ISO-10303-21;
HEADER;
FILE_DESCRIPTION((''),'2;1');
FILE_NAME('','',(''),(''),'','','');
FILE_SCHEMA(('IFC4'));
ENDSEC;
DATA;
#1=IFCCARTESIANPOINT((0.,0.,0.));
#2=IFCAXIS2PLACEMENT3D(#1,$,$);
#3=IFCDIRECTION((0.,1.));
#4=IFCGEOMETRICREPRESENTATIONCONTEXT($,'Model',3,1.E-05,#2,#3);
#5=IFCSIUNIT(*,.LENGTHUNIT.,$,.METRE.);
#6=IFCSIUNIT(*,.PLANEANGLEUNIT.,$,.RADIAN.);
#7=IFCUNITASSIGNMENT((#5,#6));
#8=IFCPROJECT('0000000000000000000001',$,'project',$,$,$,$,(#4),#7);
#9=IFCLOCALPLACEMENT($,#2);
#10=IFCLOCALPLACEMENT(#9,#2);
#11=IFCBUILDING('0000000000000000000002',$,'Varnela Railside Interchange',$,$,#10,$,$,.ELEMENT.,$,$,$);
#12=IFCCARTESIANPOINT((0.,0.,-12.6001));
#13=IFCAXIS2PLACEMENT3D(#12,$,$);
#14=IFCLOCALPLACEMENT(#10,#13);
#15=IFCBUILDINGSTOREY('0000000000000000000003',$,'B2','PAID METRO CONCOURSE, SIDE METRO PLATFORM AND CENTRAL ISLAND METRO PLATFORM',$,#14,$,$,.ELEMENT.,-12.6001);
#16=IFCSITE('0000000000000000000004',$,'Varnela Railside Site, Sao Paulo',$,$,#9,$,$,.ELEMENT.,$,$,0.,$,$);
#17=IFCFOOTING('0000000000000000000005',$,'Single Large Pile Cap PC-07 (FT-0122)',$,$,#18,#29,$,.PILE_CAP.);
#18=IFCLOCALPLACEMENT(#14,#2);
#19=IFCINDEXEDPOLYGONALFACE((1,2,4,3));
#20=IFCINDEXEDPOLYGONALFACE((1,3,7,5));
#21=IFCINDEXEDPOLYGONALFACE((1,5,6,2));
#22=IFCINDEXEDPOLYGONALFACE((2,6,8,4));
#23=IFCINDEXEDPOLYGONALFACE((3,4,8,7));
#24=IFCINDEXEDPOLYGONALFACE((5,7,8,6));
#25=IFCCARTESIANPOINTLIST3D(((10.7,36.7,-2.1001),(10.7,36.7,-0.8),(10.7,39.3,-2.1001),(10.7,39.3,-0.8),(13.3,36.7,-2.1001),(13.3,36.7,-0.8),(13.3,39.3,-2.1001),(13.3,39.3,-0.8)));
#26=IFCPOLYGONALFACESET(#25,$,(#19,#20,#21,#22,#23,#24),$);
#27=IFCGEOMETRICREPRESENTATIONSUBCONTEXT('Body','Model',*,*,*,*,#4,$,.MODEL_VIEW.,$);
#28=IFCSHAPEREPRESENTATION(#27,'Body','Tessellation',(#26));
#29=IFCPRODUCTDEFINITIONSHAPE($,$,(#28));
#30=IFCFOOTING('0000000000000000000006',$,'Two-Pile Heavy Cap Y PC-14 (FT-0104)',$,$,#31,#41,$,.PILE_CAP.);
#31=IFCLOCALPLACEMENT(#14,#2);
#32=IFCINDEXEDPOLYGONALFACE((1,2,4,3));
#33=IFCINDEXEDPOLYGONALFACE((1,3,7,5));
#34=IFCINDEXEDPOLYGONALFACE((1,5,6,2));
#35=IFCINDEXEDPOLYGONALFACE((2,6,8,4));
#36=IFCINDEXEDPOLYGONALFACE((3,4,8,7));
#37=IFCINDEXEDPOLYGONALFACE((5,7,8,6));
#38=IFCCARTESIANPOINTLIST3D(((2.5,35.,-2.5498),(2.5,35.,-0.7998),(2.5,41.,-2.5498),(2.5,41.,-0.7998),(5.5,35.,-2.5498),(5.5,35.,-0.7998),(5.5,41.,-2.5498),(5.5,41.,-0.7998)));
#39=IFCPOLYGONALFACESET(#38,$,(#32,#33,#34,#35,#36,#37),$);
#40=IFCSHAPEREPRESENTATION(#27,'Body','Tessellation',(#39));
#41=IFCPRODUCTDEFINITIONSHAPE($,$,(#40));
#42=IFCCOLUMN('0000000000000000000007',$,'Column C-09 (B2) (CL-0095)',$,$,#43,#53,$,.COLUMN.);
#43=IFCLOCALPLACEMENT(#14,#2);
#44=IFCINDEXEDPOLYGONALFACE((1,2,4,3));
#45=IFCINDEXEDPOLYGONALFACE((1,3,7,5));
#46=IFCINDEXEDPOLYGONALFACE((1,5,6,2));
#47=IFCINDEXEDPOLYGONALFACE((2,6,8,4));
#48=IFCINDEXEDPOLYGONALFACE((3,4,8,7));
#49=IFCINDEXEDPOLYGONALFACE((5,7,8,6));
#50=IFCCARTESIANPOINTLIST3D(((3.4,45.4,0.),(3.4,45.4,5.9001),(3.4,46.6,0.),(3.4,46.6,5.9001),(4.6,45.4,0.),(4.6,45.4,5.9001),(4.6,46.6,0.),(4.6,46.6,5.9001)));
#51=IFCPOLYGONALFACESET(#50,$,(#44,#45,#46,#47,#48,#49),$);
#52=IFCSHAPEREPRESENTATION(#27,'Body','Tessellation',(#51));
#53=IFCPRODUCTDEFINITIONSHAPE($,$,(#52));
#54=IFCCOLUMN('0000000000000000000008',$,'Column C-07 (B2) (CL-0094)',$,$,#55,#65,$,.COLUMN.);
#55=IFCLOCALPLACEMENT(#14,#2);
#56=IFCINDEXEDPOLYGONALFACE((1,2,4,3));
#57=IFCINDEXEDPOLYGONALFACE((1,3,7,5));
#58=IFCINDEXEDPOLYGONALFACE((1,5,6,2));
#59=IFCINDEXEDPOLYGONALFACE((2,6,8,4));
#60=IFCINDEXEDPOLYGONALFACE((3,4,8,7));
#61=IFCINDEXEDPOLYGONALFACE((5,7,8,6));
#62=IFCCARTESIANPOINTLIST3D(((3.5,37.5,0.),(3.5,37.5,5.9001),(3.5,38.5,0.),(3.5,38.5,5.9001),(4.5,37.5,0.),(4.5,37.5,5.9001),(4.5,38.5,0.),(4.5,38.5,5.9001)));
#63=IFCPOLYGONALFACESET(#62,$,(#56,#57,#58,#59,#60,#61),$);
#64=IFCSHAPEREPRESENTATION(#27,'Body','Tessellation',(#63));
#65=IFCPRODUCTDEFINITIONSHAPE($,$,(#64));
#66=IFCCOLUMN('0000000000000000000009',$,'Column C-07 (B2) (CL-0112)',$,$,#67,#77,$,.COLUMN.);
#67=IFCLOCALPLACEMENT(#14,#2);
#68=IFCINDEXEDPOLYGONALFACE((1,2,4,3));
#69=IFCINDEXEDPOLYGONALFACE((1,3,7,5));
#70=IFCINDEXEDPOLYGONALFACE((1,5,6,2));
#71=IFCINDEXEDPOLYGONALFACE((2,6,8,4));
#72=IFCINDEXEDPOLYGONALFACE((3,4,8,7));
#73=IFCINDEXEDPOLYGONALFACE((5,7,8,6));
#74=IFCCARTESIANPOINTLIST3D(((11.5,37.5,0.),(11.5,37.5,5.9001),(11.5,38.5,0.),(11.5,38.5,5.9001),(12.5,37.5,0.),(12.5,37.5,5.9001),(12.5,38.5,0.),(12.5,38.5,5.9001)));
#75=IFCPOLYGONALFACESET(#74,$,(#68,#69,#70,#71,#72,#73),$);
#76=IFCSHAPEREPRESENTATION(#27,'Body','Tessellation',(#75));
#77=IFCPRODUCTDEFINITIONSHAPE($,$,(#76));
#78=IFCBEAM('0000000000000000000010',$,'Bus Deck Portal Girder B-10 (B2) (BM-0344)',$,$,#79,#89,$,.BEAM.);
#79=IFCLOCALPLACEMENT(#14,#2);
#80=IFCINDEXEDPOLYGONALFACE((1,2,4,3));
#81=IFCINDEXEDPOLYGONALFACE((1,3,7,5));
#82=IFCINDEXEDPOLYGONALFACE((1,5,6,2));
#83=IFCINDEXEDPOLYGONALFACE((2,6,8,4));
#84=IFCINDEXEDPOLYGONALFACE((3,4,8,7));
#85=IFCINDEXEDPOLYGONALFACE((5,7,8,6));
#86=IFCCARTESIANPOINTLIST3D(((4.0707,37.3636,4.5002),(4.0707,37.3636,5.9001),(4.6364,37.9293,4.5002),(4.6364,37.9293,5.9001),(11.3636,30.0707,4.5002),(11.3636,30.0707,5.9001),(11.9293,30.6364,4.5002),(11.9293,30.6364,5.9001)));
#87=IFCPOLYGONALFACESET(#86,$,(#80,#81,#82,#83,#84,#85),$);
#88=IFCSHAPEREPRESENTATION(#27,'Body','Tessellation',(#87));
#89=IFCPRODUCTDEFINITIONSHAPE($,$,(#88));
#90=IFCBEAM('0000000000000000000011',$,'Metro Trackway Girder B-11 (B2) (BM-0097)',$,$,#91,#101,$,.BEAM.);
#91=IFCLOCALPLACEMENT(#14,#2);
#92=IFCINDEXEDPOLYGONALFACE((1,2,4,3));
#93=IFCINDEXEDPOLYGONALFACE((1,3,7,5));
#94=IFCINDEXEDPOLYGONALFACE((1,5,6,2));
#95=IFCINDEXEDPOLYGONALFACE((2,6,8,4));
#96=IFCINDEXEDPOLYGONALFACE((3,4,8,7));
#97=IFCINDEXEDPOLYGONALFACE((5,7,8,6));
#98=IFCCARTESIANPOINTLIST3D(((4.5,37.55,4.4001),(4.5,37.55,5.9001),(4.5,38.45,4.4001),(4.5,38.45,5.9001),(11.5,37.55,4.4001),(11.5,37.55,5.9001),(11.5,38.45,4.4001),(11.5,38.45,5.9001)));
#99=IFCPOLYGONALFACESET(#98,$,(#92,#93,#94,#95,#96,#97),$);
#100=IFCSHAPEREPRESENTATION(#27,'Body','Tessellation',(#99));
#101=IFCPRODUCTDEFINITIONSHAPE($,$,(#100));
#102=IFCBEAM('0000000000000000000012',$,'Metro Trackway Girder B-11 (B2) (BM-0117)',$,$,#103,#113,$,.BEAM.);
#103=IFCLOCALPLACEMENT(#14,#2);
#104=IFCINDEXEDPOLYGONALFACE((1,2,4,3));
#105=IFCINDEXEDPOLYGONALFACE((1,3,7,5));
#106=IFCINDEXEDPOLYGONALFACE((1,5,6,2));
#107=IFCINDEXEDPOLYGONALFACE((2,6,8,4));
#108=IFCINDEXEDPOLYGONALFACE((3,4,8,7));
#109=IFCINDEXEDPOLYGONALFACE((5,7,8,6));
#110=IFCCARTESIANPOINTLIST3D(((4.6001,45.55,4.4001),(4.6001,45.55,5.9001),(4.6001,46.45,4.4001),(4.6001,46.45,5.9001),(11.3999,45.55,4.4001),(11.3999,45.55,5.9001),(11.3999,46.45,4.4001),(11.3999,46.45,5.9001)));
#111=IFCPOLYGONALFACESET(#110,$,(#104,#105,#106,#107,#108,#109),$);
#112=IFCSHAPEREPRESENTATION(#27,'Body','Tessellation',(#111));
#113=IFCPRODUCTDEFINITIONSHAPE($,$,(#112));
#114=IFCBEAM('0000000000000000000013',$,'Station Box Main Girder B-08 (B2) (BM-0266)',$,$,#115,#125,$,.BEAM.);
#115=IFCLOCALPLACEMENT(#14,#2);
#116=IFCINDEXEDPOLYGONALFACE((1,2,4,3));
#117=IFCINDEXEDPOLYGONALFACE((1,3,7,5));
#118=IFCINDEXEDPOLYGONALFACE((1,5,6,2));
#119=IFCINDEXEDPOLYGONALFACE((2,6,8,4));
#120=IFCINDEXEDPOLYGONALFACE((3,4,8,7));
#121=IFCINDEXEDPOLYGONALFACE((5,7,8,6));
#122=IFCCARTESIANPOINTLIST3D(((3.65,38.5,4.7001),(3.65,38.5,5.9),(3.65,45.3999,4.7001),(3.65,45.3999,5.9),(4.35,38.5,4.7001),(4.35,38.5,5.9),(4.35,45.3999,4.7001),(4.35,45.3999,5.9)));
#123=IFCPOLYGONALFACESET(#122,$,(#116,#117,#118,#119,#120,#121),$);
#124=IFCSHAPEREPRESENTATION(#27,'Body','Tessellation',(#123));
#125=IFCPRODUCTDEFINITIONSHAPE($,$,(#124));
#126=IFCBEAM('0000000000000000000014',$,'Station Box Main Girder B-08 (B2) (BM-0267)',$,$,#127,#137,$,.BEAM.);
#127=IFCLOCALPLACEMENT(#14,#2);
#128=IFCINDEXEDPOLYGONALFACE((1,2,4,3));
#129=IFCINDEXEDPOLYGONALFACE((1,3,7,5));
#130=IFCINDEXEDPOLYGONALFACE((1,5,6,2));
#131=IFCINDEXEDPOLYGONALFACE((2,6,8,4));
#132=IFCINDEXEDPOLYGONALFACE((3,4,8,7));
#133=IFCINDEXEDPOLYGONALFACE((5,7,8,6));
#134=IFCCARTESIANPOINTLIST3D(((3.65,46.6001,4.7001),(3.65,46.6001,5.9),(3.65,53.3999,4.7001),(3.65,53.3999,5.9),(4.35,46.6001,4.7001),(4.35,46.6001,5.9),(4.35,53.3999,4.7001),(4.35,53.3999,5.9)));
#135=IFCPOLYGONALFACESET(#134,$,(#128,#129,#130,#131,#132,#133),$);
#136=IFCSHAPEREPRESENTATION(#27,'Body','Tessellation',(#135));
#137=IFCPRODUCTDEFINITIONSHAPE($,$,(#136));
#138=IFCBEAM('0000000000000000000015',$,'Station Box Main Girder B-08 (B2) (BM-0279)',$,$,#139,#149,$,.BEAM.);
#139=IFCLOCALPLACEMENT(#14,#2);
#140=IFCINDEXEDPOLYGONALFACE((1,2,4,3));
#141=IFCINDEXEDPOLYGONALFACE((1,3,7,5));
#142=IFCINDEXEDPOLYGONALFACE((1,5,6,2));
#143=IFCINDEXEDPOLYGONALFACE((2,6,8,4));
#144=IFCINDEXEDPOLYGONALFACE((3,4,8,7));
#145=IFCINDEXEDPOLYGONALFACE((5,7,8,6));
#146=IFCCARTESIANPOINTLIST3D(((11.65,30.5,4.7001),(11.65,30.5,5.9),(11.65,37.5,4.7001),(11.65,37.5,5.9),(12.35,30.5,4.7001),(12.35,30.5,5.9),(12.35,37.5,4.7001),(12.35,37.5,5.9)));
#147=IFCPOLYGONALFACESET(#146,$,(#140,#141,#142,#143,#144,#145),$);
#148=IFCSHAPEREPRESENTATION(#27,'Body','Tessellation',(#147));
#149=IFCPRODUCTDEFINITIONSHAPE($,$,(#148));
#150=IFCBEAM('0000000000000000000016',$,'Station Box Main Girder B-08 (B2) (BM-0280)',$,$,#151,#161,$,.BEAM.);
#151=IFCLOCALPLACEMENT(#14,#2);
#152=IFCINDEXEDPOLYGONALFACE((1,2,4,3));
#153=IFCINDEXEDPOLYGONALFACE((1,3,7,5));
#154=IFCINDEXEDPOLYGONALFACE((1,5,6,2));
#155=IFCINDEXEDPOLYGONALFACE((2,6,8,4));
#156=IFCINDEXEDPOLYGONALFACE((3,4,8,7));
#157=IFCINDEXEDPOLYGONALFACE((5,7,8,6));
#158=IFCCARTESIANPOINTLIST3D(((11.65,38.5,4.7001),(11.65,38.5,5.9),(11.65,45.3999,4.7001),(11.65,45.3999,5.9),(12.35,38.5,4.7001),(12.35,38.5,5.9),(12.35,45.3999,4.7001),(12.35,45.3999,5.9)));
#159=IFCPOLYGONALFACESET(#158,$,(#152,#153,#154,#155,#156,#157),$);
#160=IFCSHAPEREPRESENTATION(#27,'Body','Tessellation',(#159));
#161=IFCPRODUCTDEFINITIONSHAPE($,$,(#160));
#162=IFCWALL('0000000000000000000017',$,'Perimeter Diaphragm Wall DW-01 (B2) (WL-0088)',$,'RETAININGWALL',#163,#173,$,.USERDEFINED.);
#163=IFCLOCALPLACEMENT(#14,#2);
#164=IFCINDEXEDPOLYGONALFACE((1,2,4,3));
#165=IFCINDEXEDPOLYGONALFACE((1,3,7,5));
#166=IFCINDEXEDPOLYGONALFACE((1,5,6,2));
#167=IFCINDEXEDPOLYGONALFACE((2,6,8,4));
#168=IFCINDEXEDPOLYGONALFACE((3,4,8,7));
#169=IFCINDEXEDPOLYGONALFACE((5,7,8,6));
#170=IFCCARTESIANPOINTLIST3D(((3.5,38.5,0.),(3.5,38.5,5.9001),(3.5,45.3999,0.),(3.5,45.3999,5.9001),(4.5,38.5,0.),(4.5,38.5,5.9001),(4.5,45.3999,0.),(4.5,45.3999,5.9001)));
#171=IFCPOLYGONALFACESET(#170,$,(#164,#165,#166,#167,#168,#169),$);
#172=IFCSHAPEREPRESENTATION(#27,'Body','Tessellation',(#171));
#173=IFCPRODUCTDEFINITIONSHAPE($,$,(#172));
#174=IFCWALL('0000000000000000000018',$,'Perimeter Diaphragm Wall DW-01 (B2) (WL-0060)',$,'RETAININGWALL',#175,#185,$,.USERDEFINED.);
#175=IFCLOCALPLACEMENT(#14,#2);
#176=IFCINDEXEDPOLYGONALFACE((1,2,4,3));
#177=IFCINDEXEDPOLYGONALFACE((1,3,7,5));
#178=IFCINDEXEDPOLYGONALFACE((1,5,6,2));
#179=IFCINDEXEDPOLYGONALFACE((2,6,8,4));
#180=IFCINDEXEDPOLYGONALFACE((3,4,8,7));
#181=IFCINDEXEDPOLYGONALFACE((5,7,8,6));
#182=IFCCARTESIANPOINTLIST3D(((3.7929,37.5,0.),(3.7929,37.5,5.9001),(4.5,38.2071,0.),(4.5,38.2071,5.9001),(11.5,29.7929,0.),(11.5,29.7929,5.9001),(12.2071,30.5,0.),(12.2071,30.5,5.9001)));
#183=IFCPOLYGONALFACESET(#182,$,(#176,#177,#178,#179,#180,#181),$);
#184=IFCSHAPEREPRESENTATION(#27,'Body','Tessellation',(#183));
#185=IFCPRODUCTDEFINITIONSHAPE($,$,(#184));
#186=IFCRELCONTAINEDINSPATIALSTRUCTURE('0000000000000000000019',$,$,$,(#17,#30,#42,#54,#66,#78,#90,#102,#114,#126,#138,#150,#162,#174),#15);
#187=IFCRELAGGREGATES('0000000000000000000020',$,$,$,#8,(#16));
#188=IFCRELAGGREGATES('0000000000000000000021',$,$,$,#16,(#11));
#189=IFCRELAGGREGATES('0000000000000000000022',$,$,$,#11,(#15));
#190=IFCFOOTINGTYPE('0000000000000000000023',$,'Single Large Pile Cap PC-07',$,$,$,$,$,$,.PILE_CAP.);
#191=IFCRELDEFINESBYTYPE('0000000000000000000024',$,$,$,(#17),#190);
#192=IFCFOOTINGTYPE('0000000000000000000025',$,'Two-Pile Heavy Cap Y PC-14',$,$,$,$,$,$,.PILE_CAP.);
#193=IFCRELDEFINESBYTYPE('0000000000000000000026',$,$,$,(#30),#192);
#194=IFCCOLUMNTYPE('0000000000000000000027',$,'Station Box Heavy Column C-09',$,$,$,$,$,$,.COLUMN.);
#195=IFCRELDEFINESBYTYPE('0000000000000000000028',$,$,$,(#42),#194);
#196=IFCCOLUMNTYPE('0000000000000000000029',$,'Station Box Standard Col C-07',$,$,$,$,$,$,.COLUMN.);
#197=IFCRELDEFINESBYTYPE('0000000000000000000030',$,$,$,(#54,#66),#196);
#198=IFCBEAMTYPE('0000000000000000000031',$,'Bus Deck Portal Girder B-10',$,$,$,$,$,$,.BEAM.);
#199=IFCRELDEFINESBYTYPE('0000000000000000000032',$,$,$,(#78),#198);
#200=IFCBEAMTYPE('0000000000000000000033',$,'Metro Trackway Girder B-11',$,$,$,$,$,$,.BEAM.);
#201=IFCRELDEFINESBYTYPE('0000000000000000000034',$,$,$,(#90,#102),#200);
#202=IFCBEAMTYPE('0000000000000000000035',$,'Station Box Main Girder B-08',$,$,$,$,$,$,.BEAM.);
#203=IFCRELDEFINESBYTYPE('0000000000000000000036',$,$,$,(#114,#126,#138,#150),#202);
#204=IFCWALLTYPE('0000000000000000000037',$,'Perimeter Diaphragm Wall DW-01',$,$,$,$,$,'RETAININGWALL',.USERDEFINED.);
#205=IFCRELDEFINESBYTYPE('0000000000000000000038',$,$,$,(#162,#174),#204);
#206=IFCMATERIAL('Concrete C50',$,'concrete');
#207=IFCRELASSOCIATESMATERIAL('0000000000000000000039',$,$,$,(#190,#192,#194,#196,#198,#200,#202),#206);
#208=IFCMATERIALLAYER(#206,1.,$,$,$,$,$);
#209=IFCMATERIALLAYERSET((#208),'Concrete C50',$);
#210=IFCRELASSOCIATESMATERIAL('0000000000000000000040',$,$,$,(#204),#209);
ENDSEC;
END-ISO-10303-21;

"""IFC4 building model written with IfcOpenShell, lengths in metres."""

from ifc_helpers import new_model, si_unit, direction, frame, frame_2d, origin, origin_2d, place, context, subcontext, project, spatial, rectangle, extrude, material, layer, layer_set, material_profile, profile_set, type_object, element, save


model = new_model("IFC4")

# Units and contexts
model_context = context("Model", 3, precision=1e-05, world=origin(), true_north=direction((0.0, 1.0)))
body_context = subcontext(model_context, "Body", "Model", "MODEL_VIEW")
ifc_project = project(units=[si_unit("LENGTHUNIT", "METRE"), si_unit("PLANEANGLEUNIT", "RADIAN")], contexts=[model_context])

# Site, building, storey
site_placement = place(None, origin())
site = spatial("IfcSite", under=ifc_project, at=site_placement, Name="Varnela Railside Site, Sao Paulo", CompositionType="ELEMENT", RefElevation=0.0)
building_placement = place(site_placement, origin())
building = spatial("IfcBuilding", under=site, at=building_placement, Name="Varnela Railside Interchange", CompositionType="ELEMENT")
storey_placement = place(building_placement, frame((0.0, 0.0, -12.6001)))
storey = spatial("IfcBuildingStorey", under=building, at=storey_placement, Name="B2", Description="PAID METRO CONCOURSE, SIDE METRO PLATFORM AND CENTRAL ISLAND METRO PLATFORM", CompositionType="ELEMENT", Elevation=-12.6001)

# Footings
ifc_material_1 = material(Name="Concrete C50", Category="concrete")
footing_type_1 = type_object("IfcFootingType", Name="Single Large Pile Cap PC-07", PredefinedType="PILE_CAP", material=ifc_material_1)
footing_1_placement = place(storey_placement, frame((12.0, 38.0, -2.1001), z_axis=(0.0, 0.0, 1.0), x_axis=(1.0, 0.0, 0.0)))
element("IfcFooting", 1, at=footing_1_placement, inside=storey, type_object=footing_type_1, Name="Single Large Pile Cap PC-07 (FT-0122)", PredefinedType="PILE_CAP", context=body_context, shape_type="SweptSolid", body=[
    extrude(rectangle(XDim=2.6001, YDim=2.6001, at=origin_2d()), origin(), (0.0, 0.0, 1.0), 1.3),
])
footing_type_2 = type_object("IfcFootingType", Name="Two-Pile Heavy Cap Y PC-14", PredefinedType="PILE_CAP", material=ifc_material_1)
footing_2_placement = place(storey_placement, frame((4.0, 38.0, -2.5498), z_axis=(0.0, 0.0, 1.0), x_axis=(1.0, 0.0, 0.0)))
element("IfcFooting", 2, at=footing_2_placement, inside=storey, type_object=footing_type_2, Name="Two-Pile Heavy Cap Y PC-14 (FT-0104)", PredefinedType="PILE_CAP", context=body_context, shape_type="SweptSolid", body=[
    extrude(rectangle(XDim=3.0, YDim=6.0, at=origin_2d()), origin(), (0.0, 0.0, 1.0), 1.75),
])

# Columns
ifc_material_profile_1 = material_profile(ifc_material_1, rectangle(XDim=1.2, YDim=1.2, at=origin_2d()), Name="RC 1200x1200")
ifc_profile_set_1 = profile_set([ifc_material_profile_1], Name="Concrete C50")
column_type_1 = type_object("IfcColumnType", Name="Station Box Heavy Column C-09", PredefinedType="COLUMN", material=ifc_profile_set_1)
column_placement = place(storey_placement, frame((4.0, 46.0, 0.0), z_axis=(0.0, 0.0, 1.0), x_axis=(1.0, 0.0, 0.0)))
element("IfcColumn", 3, at=column_placement, inside=storey, type_object=column_type_1, Name="Column C-09 (B2) (CL-0095)", PredefinedType="COLUMN", context=body_context, shape_type="SweptSolid", body=[
    extrude(rectangle(XDim=1.2, YDim=1.2, at=origin_2d()), origin(), (0.0, 0.0, 1.0), 5.9001),
])
ifc_material_profile_2 = material_profile(ifc_material_1, rectangle(XDim=1.0, YDim=1.0, at=origin_2d()), Name="RC 1000x1000")
ifc_profile_set_2 = profile_set([ifc_material_profile_2], Name="Concrete C50")
column_type_2 = type_object("IfcColumnType", Name="Station Box Standard Col C-07", PredefinedType="COLUMN", material=ifc_profile_set_2)
for number, where, z_axis, x_axis, name in (
    (4, (4.0, 38.0, 0.0), (0.0, 0.0, 1.0), (1.0, 0.0, 0.0), "Column C-07 (B2) (CL-0094)"),
    (5, (12.0, 38.0, 0.0), (0.0, 0.0, 1.0), (1.0, 0.0, 0.0), "Column C-07 (B2) (CL-0112)"),
):
    element("IfcColumn", number, at=place(storey_placement, frame(where, z_axis=z_axis, x_axis=x_axis)), inside=storey, type_object=column_type_2, Name=name, PredefinedType="COLUMN", context=body_context, shape_type="SweptSolid", body=[
        extrude(rectangle(XDim=1.0, YDim=1.0, at=origin_2d()), origin(), (0.0, 0.0, 1.0), 5.9001),
    ])

# Beams
ifc_material_profile_3 = material_profile(ifc_material_1, rectangle(XDim=0.8, YDim=1.3999, at=origin_2d()), Name="RC 800x1400")
ifc_profile_set_3 = profile_set([ifc_material_profile_3], Name="Concrete C50")
beam_type_1 = type_object("IfcBeamType", Name="Bus Deck Portal Girder B-10", PredefinedType="BEAM", material=ifc_profile_set_3)
beam_1_placement = place(storey_placement, frame((4.3535, 37.6465, 5.2002), z_axis=(0.707107, -0.707107, 0.0), x_axis=(0.707107, 0.707107, 0.0)))
element("IfcBeam", 6, at=beam_1_placement, inside=storey, type_object=beam_type_1, Name="Bus Deck Portal Girder B-10 (B2) (BM-0344)", PredefinedType="BEAM", context=body_context, shape_type="SweptSolid", body=[
    extrude(rectangle(XDim=0.8, YDim=1.3999, at=origin_2d()), origin(), (0.0, 0.0, 1.0), 10.3137),
])
ifc_material_profile_4 = material_profile(ifc_material_1, rectangle(XDim=0.8999, YDim=1.5, at=origin_2d()), Name="RC 900x1500")
ifc_profile_set_4 = profile_set([ifc_material_profile_4], Name="Concrete C50")
beam_type_2 = type_object("IfcBeamType", Name="Metro Trackway Girder B-11", PredefinedType="BEAM", material=ifc_profile_set_4)
beam_2_placement = place(storey_placement, frame((4.5, 38.0, 5.1501), z_axis=(1.0, 0.0, 0.0), x_axis=(0.0, 1.0, 0.0)))
element("IfcBeam", 7, at=beam_2_placement, inside=storey, type_object=beam_type_2, Name="Metro Trackway Girder B-11 (B2) (BM-0097)", PredefinedType="BEAM", context=body_context, shape_type="SweptSolid", body=[
    extrude(rectangle(XDim=0.8999, YDim=1.5, at=origin_2d()), origin(), (0.0, 0.0, 1.0), 7.0),
])
beam_3_placement = place(storey_placement, frame((4.6001, 46.0, 5.1501), z_axis=(1.0, 0.0, 0.0), x_axis=(0.0, 1.0, 0.0)))
element("IfcBeam", 8, at=beam_3_placement, inside=storey, type_object=beam_type_2, Name="Metro Trackway Girder B-11 (B2) (BM-0117)", PredefinedType="BEAM", context=body_context, shape_type="SweptSolid", body=[
    extrude(rectangle(XDim=0.8999, YDim=1.5, at=origin_2d()), origin(), (0.0, 0.0, 1.0), 6.7998),
])
ifc_material_profile_5 = material_profile(ifc_material_1, rectangle(XDim=0.7, YDim=1.2, at=origin_2d()), Name="RC 700x1200")
ifc_profile_set_5 = profile_set([ifc_material_profile_5], Name="Concrete C50")
beam_type_3 = type_object("IfcBeamType", Name="Station Box Main Girder B-08", PredefinedType="BEAM", material=ifc_profile_set_5)
beam_4_placement = place(storey_placement, frame((4.0, 38.5, 5.3), z_axis=(0.0, 1.0, 0.0), x_axis=(-1.0, 0.0, 0.0)))
element("IfcBeam", 9, at=beam_4_placement, inside=storey, type_object=beam_type_3, Name="Station Box Main Girder B-08 (B2) (BM-0266)", PredefinedType="BEAM", context=body_context, shape_type="SweptSolid", body=[
    extrude(rectangle(XDim=0.7, YDim=1.2, at=origin_2d()), origin(), (0.0, 0.0, 1.0), 6.8999),
])
beam_5_placement = place(storey_placement, frame((4.0, 46.6001, 5.3), z_axis=(0.0, 1.0, 0.0), x_axis=(-1.0, 0.0, 0.0)))
element("IfcBeam", 10, at=beam_5_placement, inside=storey, type_object=beam_type_3, Name="Station Box Main Girder B-08 (B2) (BM-0267)", PredefinedType="BEAM", context=body_context, shape_type="SweptSolid", body=[
    extrude(rectangle(XDim=0.7, YDim=1.2, at=origin_2d()), origin(), (0.0, 0.0, 1.0), 6.7998),
])
beam_6_placement = place(storey_placement, frame((12.0, 30.5, 5.3), z_axis=(0.0, 1.0, 0.0), x_axis=(-1.0, 0.0, 0.0)))
element("IfcBeam", 11, at=beam_6_placement, inside=storey, type_object=beam_type_3, Name="Station Box Main Girder B-08 (B2) (BM-0279)", PredefinedType="BEAM", context=body_context, shape_type="SweptSolid", body=[
    extrude(rectangle(XDim=0.7, YDim=1.2, at=origin_2d()), origin(), (0.0, 0.0, 1.0), 7.0),
])
beam_7_placement = place(storey_placement, frame((12.0, 38.5, 5.3), z_axis=(0.0, 1.0, 0.0), x_axis=(-1.0, 0.0, 0.0)))
element("IfcBeam", 12, at=beam_7_placement, inside=storey, type_object=beam_type_3, Name="Station Box Main Girder B-08 (B2) (BM-0280)", PredefinedType="BEAM", context=body_context, shape_type="SweptSolid", body=[
    extrude(rectangle(XDim=0.7, YDim=1.2, at=origin_2d()), origin(), (0.0, 0.0, 1.0), 6.8999),
])

# Walls
ifc_layer = layer(ifc_material_1, 1.0)
ifc_layer_set = layer_set([ifc_layer], Name="Concrete C50")
wall_type = type_object("IfcWallType", Name="Perimeter Diaphragm Wall DW-01", ElementType="RETAININGWALL", PredefinedType="USERDEFINED", material=ifc_layer_set)
wall_1_placement = place(storey_placement, frame((4.0, 45.3999, 0.0), z_axis=(0.0, 0.0, 1.0), x_axis=(0.0, -1.0, 0.0)))
element("IfcWall", 13, at=wall_1_placement, inside=storey, type_object=wall_type, Name="Perimeter Diaphragm Wall DW-01 (B2) (WL-0088)", ObjectType="RETAININGWALL", PredefinedType="USERDEFINED", context=body_context, shape_type="SweptSolid", body=[
    extrude(rectangle(XDim=6.8999, YDim=1.0, at=frame_2d((3.45, 0.0))), origin(), (0.0, 0.0, 1.0), 5.9001),
])
wall_2_placement = place(storey_placement, frame((4.1465, 37.8535, 0.0), z_axis=(0.0, 0.0, 1.0), x_axis=(0.707107, -0.707107, 0.0)))
element("IfcWall", 14, at=wall_2_placement, inside=storey, type_object=wall_type, Name="Perimeter Diaphragm Wall DW-01 (B2) (WL-0060)", ObjectType="RETAININGWALL", PredefinedType="USERDEFINED", context=body_context, shape_type="SweptSolid", body=[
    extrude(rectangle(XDim=10.8994, YDim=1.0, at=frame_2d((5.4497, 0.0))), origin(), (0.0, 0.0, 1.0), 5.9001),
])

save(model, "model.ifc")
